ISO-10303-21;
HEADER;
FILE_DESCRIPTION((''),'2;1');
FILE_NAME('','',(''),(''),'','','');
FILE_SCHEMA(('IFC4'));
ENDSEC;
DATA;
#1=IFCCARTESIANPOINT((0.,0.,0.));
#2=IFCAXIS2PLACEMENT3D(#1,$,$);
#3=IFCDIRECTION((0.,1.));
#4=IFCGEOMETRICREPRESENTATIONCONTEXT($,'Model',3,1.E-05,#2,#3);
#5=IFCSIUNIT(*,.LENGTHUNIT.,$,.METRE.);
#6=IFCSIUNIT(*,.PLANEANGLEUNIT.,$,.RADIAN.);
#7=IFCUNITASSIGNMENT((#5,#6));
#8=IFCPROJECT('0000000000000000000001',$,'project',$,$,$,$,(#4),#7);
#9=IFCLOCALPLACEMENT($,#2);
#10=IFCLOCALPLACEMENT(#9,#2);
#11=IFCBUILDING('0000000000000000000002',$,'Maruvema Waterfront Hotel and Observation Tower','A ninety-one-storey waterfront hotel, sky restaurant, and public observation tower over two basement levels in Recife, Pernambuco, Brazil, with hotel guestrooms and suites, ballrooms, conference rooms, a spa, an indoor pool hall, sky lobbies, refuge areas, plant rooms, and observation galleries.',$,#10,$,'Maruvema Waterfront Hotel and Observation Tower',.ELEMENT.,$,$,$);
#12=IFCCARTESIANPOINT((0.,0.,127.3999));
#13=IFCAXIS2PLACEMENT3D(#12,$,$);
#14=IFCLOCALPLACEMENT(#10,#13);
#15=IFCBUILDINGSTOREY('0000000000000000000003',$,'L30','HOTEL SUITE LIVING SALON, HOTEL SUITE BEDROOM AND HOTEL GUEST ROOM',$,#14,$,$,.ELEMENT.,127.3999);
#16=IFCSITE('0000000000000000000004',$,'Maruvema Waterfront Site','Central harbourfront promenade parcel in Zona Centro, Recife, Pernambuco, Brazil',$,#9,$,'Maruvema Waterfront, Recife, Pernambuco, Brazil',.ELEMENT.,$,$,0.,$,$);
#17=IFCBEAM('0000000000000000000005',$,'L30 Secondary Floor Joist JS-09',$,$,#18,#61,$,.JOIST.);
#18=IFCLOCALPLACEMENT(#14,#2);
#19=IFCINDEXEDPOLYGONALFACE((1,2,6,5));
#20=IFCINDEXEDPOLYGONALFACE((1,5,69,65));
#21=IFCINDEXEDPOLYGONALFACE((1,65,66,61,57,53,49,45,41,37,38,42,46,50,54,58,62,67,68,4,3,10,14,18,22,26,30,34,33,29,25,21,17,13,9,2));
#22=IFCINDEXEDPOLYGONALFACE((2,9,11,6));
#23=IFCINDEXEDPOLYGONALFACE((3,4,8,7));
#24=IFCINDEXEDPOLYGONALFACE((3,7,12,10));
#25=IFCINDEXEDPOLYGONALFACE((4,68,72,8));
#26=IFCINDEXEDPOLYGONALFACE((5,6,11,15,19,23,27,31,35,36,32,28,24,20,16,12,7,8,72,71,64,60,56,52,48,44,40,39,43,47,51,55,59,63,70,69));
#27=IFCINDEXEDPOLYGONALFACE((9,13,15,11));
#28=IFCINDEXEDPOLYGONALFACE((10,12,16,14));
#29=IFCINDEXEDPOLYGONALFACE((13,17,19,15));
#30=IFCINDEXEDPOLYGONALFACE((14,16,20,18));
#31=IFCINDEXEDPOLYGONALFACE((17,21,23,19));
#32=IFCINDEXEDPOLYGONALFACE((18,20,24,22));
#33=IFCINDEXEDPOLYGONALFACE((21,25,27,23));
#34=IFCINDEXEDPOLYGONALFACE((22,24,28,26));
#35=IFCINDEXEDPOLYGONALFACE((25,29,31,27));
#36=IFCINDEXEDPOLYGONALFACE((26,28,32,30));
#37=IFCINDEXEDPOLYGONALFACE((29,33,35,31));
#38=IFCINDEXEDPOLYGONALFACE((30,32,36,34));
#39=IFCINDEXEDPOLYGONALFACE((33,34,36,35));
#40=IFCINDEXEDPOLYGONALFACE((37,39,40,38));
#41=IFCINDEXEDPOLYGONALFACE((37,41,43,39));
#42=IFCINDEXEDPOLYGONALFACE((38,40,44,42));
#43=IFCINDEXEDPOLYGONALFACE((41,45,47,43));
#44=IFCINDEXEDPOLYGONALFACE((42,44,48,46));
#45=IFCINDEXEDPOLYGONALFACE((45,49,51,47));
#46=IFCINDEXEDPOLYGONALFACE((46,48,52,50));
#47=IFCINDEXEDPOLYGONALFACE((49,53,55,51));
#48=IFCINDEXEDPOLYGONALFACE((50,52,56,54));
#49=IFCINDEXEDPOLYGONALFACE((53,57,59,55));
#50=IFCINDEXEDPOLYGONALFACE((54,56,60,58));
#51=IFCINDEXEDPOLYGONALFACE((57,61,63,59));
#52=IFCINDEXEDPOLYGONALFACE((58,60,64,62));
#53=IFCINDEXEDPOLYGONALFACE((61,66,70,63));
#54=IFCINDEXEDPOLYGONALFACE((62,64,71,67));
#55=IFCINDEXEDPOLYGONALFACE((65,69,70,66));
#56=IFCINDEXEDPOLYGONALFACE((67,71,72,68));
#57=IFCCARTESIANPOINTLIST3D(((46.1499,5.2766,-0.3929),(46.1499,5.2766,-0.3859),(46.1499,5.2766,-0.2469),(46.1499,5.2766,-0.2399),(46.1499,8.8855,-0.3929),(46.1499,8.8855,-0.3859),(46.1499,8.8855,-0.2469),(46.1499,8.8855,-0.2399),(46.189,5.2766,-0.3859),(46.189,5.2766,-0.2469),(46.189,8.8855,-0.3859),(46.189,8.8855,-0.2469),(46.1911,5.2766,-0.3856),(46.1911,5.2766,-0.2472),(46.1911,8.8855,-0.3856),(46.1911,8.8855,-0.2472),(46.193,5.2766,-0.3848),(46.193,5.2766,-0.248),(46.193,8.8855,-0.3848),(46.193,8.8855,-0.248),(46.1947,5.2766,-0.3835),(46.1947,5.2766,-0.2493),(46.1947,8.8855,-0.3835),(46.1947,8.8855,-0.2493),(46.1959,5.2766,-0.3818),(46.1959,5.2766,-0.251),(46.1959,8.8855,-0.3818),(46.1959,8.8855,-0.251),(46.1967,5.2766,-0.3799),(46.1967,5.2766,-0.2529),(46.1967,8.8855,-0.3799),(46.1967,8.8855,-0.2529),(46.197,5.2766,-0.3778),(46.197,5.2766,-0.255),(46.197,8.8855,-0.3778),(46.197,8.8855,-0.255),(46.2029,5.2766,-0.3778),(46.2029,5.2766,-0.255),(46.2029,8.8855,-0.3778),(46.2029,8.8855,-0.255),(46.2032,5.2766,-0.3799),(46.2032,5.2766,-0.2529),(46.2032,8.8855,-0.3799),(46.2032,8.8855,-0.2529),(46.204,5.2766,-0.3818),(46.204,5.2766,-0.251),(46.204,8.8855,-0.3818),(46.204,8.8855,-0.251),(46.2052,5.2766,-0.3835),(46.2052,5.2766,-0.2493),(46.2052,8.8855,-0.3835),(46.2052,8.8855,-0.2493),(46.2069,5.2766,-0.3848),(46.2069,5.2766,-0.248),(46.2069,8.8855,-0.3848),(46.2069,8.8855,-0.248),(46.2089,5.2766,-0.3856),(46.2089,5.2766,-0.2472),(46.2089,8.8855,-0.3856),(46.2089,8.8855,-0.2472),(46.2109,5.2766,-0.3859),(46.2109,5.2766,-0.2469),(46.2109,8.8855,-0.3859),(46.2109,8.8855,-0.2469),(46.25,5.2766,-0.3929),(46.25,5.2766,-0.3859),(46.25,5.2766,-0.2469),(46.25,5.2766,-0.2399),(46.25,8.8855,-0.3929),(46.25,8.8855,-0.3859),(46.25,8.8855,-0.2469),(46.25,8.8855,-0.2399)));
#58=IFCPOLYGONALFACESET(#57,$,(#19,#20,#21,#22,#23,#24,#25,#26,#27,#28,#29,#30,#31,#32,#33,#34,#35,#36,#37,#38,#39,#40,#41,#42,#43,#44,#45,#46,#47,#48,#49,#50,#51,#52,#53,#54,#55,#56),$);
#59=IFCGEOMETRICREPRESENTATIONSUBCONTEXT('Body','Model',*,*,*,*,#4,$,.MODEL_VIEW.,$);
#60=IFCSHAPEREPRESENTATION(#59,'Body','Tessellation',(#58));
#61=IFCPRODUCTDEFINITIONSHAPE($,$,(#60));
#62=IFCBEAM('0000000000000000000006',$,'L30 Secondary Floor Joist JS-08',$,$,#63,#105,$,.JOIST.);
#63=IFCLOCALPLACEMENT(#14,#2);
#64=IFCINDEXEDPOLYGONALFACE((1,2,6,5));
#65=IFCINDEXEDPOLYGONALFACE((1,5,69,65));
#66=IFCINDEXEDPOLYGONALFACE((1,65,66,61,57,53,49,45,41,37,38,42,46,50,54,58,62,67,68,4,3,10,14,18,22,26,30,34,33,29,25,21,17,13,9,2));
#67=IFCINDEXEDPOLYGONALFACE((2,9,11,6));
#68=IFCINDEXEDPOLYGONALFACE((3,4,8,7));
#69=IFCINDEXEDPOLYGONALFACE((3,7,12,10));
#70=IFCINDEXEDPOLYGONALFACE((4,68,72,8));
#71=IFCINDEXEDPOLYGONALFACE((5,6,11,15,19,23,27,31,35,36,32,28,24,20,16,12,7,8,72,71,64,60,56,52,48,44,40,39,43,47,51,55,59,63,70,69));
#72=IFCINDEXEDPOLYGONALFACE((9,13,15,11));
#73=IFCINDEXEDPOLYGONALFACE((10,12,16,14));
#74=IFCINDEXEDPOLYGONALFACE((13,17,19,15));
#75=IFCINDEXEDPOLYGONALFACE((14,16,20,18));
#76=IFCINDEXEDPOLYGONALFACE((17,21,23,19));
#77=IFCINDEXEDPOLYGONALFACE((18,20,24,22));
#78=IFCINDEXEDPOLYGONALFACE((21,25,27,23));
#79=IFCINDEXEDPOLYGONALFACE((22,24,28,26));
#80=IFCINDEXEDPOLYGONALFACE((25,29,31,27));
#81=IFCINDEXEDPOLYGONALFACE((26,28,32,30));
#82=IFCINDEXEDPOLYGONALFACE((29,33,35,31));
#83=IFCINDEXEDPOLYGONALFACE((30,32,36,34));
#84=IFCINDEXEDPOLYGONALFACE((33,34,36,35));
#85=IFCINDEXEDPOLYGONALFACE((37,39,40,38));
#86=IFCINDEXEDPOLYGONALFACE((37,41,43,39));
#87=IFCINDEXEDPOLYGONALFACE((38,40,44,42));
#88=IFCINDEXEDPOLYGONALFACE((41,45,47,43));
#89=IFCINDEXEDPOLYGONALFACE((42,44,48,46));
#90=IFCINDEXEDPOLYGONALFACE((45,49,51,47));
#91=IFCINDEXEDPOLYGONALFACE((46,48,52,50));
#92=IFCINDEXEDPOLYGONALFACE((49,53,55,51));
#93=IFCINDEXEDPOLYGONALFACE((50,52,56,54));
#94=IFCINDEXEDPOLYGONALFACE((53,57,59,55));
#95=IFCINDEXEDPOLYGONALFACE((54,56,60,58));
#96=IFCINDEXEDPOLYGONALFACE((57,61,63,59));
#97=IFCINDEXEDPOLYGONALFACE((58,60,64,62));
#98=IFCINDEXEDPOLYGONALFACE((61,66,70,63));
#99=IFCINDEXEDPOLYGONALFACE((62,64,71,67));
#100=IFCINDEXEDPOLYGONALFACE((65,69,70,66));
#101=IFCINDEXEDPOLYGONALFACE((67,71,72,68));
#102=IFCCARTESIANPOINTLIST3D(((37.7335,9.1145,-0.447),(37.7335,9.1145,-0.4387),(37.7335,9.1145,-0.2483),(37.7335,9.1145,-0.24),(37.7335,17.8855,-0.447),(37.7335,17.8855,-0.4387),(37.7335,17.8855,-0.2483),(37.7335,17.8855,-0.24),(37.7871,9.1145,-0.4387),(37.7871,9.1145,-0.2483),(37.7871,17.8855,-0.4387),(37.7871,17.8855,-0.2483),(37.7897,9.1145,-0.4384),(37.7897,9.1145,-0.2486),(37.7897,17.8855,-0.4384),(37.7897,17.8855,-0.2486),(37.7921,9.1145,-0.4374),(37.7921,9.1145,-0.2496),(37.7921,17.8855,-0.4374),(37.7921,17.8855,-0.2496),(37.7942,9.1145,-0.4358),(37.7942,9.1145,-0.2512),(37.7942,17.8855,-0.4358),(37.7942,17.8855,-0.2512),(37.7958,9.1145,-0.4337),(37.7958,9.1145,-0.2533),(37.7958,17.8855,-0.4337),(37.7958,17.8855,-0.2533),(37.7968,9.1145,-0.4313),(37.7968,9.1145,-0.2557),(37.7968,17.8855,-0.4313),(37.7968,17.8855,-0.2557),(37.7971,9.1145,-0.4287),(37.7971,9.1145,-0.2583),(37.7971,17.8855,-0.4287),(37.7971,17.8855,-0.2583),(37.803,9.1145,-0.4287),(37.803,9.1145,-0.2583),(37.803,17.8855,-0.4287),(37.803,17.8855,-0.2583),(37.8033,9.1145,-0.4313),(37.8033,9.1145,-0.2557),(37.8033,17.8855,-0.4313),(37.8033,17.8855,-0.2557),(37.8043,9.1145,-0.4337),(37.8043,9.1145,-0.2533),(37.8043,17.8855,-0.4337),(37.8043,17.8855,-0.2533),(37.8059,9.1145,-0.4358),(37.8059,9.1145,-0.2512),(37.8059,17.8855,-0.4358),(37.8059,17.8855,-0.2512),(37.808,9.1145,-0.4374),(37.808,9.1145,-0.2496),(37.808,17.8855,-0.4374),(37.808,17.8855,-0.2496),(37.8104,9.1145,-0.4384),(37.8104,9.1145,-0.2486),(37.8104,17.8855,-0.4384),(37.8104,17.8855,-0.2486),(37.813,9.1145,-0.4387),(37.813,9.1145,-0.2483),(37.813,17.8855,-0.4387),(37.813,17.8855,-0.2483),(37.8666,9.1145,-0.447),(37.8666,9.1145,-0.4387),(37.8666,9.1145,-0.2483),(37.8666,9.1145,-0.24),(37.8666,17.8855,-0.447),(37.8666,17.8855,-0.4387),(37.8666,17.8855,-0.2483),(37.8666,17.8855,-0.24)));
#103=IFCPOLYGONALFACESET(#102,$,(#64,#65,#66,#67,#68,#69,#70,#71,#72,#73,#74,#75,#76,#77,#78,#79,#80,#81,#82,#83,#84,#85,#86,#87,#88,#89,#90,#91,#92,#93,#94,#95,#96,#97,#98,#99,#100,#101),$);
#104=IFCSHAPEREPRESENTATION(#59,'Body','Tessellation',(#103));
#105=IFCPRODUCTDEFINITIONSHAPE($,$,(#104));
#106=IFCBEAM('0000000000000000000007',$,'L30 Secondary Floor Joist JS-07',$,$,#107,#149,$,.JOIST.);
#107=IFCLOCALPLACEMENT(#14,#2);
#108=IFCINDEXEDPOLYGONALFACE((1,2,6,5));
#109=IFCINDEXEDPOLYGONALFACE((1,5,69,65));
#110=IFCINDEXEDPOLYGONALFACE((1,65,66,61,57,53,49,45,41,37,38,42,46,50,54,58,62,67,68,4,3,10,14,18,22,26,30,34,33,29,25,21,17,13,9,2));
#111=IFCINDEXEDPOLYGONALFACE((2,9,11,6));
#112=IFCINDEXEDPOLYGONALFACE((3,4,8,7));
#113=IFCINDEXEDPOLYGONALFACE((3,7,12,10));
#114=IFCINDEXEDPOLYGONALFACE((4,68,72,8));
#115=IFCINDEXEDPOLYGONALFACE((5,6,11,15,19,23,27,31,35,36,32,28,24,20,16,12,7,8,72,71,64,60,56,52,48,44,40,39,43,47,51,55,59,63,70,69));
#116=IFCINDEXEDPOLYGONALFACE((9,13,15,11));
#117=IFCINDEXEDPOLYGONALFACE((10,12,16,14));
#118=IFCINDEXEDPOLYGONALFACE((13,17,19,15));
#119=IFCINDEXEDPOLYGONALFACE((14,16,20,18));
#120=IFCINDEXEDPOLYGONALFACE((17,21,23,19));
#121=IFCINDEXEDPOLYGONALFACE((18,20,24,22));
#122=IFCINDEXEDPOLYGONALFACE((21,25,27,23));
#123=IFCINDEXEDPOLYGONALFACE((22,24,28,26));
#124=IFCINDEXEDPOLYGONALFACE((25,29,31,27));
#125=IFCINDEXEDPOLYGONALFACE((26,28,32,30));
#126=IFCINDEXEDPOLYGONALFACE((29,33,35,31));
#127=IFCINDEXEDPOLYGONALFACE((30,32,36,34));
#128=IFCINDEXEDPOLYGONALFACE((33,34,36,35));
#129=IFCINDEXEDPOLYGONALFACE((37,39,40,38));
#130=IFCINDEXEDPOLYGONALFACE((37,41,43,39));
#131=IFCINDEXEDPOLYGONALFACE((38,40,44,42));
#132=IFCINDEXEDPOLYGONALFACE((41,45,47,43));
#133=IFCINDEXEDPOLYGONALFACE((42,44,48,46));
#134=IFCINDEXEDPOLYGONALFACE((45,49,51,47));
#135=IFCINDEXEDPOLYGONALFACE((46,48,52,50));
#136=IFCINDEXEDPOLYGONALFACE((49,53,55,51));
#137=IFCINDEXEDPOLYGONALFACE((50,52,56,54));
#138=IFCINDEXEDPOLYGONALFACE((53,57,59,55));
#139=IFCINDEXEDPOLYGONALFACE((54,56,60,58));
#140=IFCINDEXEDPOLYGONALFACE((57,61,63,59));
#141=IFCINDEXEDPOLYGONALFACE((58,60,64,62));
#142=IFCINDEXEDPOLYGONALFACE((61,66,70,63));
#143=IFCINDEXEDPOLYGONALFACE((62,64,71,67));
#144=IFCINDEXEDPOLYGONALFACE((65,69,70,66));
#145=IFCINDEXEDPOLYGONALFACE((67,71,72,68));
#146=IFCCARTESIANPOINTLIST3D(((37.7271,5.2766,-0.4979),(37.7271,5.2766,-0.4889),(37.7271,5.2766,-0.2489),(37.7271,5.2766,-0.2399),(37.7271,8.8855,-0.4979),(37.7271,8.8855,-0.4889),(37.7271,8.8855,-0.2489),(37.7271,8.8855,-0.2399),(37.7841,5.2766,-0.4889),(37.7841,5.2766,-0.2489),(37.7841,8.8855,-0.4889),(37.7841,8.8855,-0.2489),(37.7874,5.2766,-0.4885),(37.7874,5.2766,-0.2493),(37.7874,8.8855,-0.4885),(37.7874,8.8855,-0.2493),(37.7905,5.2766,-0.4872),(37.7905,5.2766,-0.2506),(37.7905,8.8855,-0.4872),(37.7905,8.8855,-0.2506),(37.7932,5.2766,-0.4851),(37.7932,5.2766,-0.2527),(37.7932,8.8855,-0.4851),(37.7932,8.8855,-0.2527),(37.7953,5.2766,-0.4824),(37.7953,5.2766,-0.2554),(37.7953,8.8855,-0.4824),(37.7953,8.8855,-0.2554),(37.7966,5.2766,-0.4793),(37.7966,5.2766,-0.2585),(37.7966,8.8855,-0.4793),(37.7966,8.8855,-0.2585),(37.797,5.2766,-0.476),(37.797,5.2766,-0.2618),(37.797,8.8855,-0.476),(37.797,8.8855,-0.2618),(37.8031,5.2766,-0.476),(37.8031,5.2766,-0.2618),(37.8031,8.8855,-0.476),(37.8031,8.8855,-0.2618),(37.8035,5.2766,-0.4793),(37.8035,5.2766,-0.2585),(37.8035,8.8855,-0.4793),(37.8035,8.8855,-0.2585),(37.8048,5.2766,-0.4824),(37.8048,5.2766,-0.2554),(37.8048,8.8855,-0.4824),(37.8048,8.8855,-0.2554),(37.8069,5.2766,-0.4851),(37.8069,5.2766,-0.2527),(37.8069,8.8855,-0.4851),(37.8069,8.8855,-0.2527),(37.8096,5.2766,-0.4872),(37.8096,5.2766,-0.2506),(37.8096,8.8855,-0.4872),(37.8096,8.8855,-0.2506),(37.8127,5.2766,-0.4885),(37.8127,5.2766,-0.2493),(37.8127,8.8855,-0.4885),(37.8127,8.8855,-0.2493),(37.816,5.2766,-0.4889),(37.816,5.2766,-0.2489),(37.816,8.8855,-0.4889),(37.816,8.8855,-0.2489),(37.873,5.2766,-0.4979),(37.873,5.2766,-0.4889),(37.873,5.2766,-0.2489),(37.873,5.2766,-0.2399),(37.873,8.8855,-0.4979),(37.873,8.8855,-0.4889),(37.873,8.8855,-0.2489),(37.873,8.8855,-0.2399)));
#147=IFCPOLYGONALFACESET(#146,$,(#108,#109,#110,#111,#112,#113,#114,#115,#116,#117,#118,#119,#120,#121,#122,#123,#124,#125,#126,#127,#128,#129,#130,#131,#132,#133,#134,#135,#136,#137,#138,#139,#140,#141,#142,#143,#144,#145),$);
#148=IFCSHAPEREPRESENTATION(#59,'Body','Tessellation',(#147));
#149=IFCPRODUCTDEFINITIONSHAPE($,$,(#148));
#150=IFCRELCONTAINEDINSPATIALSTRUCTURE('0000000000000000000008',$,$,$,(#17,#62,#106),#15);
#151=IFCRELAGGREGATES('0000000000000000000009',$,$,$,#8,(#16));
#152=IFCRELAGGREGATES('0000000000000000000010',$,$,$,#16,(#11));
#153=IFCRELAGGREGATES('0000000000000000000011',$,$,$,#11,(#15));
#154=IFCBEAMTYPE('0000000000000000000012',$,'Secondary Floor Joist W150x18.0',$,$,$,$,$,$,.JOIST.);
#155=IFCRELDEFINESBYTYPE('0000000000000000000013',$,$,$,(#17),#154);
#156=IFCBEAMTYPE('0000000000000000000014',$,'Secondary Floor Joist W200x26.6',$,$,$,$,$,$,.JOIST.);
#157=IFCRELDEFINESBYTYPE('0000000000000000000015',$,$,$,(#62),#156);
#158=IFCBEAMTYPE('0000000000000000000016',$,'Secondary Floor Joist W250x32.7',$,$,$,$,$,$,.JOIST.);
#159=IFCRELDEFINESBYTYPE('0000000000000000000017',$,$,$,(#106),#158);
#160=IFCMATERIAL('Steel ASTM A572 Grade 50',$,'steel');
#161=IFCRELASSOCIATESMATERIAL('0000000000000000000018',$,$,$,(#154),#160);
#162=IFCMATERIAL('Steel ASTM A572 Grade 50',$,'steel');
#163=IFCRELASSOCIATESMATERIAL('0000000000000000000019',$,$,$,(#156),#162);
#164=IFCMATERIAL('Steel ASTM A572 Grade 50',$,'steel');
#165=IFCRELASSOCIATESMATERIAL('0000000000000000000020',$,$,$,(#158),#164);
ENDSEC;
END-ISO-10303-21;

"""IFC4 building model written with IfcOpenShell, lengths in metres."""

from ifc_helpers import new_model, si_unit, direction, frame, origin, origin_2d, place, context, subcontext, project, spatial, i_section, extrude, material, material_profile, profile_set, type_object, element, save


model = new_model("IFC4")

# Units and contexts
model_context = context("Model", 3, precision=1e-05, world=origin(), true_north=direction((0.0, 1.0)))
body_context = subcontext(model_context, "Body", "Model", "MODEL_VIEW")
ifc_project = project(units=[si_unit("LENGTHUNIT", "METRE"), si_unit("PLANEANGLEUNIT", "RADIAN")], contexts=[model_context])

# Site, building, storey
site_placement = place(None, origin())
site = spatial("IfcSite", under=ifc_project, at=site_placement, Name="Maruvema Waterfront Site", Description="Central harbourfront promenade parcel in Zona Centro, Recife, Pernambuco, Brazil", LongName="Maruvema Waterfront, Recife, Pernambuco, Brazil", CompositionType="ELEMENT", RefElevation=0.0)
building_placement = place(site_placement, origin())
building = spatial("IfcBuilding", under=site, at=building_placement, Name="Maruvema Waterfront Hotel and Observation Tower", Description="A ninety-one-storey waterfront hotel, sky restaurant, and public observation tower over two basement levels in Recife, Pernambuco, Brazil, with hotel guestrooms and suites, ballrooms, conference rooms, a spa, an indoor pool hall, sky lobbies, refuge areas, plant rooms, and observation galleries.", LongName="Maruvema Waterfront Hotel and Observation Tower", CompositionType="ELEMENT")
storey_placement = place(building_placement, frame((0.0, 0.0, 127.3999)))
storey = spatial("IfcBuildingStorey", under=building, at=storey_placement, Name="L30", Description="HOTEL SUITE LIVING SALON, HOTEL SUITE BEDROOM AND HOTEL GUEST ROOM", CompositionType="ELEMENT", Elevation=127.3999)

# Beams
ifc_material_1 = material(Name="Steel ASTM A572 Grade 50", Category="steel")
ifc_material_profile_1 = material_profile(ifc_material_1, i_section(OverallWidth=0.1001, OverallDepth=0.1531, WebThickness=0.0059, FlangeThickness=0.0071, FilletRadius=0.0081, at=origin_2d()), Name="W150x18.0")
ifc_profile_set_1 = profile_set([ifc_material_profile_1], Name="Steel ASTM A572 Grade 50")
beam_type_1 = type_object("IfcBeamType", Name="Secondary Floor Joist W150x18.0", PredefinedType="JOIST", material=ifc_profile_set_1)
beam_1_placement = place(storey_placement, frame((46.2, 5.2766, -0.3164), z_axis=(0.0, 1.0, 0.0), x_axis=(-1.0, 0.0, 0.0)))
element("IfcBeam", 1, at=beam_1_placement, inside=storey, type_object=beam_type_1, Name="L30 Secondary Floor Joist JS-09", PredefinedType="JOIST", context=body_context, shape_type="SweptSolid", body=[
    extrude(i_section(OverallWidth=0.1001, OverallDepth=0.1531, WebThickness=0.0059, FlangeThickness=0.0071, FilletRadius=0.0081, at=origin_2d()), origin(), (0.0, 0.0, 1.0), 3.6089),
])
ifc_material_2 = material(Name="Steel ASTM A572 Grade 50", Category="steel")
ifc_material_profile_2 = material_profile(ifc_material_2, i_section(OverallWidth=0.1331, OverallDepth=0.207, WebThickness=0.0059, FlangeThickness=0.0083, FilletRadius=0.01, at=origin_2d()), Name="W200x26.6")
ifc_profile_set_2 = profile_set([ifc_material_profile_2], Name="Steel ASTM A572 Grade 50")
beam_type_2 = type_object("IfcBeamType", Name="Secondary Floor Joist W200x26.6", PredefinedType="JOIST", material=ifc_profile_set_2)
beam_2_placement = place(storey_placement, frame((37.8, 9.1145, -0.3435), z_axis=(0.0, 1.0, 0.0), x_axis=(-1.0, 0.0, 0.0)))
element("IfcBeam", 2, at=beam_2_placement, inside=storey, type_object=beam_type_2, Name="L30 Secondary Floor Joist JS-08", PredefinedType="JOIST", context=body_context, shape_type="SweptSolid", body=[
    extrude(i_section(OverallWidth=0.1331, OverallDepth=0.207, WebThickness=0.0059, FlangeThickness=0.0083, FilletRadius=0.01, at=origin_2d()), origin(), (0.0, 0.0, 1.0), 8.771),
])
ifc_material_3 = material(Name="Steel ASTM A572 Grade 50", Category="steel")
ifc_material_profile_3 = material_profile(ifc_material_3, i_section(OverallWidth=0.146, OverallDepth=0.2581, WebThickness=0.0061, FlangeThickness=0.009, FilletRadius=0.0129, at=origin_2d()), Name="W250x32.7")
ifc_profile_set_3 = profile_set([ifc_material_profile_3], Name="Steel ASTM A572 Grade 50")
beam_type_3 = type_object("IfcBeamType", Name="Secondary Floor Joist W250x32.7", PredefinedType="JOIST", material=ifc_profile_set_3)
beam_3_placement = place(storey_placement, frame((37.8, 5.2766, -0.3689), z_axis=(0.0, 1.0, 0.0), x_axis=(-1.0, 0.0, 0.0)))
element("IfcBeam", 3, at=beam_3_placement, inside=storey, type_object=beam_type_3, Name="L30 Secondary Floor Joist JS-07", PredefinedType="JOIST", context=body_context, shape_type="SweptSolid", body=[
    extrude(i_section(OverallWidth=0.146, OverallDepth=0.2581, WebThickness=0.0061, FlangeThickness=0.009, FilletRadius=0.0129, at=origin_2d()), origin(), (0.0, 0.0, 1.0), 3.6089),
])

save(model, "model.ifc")
